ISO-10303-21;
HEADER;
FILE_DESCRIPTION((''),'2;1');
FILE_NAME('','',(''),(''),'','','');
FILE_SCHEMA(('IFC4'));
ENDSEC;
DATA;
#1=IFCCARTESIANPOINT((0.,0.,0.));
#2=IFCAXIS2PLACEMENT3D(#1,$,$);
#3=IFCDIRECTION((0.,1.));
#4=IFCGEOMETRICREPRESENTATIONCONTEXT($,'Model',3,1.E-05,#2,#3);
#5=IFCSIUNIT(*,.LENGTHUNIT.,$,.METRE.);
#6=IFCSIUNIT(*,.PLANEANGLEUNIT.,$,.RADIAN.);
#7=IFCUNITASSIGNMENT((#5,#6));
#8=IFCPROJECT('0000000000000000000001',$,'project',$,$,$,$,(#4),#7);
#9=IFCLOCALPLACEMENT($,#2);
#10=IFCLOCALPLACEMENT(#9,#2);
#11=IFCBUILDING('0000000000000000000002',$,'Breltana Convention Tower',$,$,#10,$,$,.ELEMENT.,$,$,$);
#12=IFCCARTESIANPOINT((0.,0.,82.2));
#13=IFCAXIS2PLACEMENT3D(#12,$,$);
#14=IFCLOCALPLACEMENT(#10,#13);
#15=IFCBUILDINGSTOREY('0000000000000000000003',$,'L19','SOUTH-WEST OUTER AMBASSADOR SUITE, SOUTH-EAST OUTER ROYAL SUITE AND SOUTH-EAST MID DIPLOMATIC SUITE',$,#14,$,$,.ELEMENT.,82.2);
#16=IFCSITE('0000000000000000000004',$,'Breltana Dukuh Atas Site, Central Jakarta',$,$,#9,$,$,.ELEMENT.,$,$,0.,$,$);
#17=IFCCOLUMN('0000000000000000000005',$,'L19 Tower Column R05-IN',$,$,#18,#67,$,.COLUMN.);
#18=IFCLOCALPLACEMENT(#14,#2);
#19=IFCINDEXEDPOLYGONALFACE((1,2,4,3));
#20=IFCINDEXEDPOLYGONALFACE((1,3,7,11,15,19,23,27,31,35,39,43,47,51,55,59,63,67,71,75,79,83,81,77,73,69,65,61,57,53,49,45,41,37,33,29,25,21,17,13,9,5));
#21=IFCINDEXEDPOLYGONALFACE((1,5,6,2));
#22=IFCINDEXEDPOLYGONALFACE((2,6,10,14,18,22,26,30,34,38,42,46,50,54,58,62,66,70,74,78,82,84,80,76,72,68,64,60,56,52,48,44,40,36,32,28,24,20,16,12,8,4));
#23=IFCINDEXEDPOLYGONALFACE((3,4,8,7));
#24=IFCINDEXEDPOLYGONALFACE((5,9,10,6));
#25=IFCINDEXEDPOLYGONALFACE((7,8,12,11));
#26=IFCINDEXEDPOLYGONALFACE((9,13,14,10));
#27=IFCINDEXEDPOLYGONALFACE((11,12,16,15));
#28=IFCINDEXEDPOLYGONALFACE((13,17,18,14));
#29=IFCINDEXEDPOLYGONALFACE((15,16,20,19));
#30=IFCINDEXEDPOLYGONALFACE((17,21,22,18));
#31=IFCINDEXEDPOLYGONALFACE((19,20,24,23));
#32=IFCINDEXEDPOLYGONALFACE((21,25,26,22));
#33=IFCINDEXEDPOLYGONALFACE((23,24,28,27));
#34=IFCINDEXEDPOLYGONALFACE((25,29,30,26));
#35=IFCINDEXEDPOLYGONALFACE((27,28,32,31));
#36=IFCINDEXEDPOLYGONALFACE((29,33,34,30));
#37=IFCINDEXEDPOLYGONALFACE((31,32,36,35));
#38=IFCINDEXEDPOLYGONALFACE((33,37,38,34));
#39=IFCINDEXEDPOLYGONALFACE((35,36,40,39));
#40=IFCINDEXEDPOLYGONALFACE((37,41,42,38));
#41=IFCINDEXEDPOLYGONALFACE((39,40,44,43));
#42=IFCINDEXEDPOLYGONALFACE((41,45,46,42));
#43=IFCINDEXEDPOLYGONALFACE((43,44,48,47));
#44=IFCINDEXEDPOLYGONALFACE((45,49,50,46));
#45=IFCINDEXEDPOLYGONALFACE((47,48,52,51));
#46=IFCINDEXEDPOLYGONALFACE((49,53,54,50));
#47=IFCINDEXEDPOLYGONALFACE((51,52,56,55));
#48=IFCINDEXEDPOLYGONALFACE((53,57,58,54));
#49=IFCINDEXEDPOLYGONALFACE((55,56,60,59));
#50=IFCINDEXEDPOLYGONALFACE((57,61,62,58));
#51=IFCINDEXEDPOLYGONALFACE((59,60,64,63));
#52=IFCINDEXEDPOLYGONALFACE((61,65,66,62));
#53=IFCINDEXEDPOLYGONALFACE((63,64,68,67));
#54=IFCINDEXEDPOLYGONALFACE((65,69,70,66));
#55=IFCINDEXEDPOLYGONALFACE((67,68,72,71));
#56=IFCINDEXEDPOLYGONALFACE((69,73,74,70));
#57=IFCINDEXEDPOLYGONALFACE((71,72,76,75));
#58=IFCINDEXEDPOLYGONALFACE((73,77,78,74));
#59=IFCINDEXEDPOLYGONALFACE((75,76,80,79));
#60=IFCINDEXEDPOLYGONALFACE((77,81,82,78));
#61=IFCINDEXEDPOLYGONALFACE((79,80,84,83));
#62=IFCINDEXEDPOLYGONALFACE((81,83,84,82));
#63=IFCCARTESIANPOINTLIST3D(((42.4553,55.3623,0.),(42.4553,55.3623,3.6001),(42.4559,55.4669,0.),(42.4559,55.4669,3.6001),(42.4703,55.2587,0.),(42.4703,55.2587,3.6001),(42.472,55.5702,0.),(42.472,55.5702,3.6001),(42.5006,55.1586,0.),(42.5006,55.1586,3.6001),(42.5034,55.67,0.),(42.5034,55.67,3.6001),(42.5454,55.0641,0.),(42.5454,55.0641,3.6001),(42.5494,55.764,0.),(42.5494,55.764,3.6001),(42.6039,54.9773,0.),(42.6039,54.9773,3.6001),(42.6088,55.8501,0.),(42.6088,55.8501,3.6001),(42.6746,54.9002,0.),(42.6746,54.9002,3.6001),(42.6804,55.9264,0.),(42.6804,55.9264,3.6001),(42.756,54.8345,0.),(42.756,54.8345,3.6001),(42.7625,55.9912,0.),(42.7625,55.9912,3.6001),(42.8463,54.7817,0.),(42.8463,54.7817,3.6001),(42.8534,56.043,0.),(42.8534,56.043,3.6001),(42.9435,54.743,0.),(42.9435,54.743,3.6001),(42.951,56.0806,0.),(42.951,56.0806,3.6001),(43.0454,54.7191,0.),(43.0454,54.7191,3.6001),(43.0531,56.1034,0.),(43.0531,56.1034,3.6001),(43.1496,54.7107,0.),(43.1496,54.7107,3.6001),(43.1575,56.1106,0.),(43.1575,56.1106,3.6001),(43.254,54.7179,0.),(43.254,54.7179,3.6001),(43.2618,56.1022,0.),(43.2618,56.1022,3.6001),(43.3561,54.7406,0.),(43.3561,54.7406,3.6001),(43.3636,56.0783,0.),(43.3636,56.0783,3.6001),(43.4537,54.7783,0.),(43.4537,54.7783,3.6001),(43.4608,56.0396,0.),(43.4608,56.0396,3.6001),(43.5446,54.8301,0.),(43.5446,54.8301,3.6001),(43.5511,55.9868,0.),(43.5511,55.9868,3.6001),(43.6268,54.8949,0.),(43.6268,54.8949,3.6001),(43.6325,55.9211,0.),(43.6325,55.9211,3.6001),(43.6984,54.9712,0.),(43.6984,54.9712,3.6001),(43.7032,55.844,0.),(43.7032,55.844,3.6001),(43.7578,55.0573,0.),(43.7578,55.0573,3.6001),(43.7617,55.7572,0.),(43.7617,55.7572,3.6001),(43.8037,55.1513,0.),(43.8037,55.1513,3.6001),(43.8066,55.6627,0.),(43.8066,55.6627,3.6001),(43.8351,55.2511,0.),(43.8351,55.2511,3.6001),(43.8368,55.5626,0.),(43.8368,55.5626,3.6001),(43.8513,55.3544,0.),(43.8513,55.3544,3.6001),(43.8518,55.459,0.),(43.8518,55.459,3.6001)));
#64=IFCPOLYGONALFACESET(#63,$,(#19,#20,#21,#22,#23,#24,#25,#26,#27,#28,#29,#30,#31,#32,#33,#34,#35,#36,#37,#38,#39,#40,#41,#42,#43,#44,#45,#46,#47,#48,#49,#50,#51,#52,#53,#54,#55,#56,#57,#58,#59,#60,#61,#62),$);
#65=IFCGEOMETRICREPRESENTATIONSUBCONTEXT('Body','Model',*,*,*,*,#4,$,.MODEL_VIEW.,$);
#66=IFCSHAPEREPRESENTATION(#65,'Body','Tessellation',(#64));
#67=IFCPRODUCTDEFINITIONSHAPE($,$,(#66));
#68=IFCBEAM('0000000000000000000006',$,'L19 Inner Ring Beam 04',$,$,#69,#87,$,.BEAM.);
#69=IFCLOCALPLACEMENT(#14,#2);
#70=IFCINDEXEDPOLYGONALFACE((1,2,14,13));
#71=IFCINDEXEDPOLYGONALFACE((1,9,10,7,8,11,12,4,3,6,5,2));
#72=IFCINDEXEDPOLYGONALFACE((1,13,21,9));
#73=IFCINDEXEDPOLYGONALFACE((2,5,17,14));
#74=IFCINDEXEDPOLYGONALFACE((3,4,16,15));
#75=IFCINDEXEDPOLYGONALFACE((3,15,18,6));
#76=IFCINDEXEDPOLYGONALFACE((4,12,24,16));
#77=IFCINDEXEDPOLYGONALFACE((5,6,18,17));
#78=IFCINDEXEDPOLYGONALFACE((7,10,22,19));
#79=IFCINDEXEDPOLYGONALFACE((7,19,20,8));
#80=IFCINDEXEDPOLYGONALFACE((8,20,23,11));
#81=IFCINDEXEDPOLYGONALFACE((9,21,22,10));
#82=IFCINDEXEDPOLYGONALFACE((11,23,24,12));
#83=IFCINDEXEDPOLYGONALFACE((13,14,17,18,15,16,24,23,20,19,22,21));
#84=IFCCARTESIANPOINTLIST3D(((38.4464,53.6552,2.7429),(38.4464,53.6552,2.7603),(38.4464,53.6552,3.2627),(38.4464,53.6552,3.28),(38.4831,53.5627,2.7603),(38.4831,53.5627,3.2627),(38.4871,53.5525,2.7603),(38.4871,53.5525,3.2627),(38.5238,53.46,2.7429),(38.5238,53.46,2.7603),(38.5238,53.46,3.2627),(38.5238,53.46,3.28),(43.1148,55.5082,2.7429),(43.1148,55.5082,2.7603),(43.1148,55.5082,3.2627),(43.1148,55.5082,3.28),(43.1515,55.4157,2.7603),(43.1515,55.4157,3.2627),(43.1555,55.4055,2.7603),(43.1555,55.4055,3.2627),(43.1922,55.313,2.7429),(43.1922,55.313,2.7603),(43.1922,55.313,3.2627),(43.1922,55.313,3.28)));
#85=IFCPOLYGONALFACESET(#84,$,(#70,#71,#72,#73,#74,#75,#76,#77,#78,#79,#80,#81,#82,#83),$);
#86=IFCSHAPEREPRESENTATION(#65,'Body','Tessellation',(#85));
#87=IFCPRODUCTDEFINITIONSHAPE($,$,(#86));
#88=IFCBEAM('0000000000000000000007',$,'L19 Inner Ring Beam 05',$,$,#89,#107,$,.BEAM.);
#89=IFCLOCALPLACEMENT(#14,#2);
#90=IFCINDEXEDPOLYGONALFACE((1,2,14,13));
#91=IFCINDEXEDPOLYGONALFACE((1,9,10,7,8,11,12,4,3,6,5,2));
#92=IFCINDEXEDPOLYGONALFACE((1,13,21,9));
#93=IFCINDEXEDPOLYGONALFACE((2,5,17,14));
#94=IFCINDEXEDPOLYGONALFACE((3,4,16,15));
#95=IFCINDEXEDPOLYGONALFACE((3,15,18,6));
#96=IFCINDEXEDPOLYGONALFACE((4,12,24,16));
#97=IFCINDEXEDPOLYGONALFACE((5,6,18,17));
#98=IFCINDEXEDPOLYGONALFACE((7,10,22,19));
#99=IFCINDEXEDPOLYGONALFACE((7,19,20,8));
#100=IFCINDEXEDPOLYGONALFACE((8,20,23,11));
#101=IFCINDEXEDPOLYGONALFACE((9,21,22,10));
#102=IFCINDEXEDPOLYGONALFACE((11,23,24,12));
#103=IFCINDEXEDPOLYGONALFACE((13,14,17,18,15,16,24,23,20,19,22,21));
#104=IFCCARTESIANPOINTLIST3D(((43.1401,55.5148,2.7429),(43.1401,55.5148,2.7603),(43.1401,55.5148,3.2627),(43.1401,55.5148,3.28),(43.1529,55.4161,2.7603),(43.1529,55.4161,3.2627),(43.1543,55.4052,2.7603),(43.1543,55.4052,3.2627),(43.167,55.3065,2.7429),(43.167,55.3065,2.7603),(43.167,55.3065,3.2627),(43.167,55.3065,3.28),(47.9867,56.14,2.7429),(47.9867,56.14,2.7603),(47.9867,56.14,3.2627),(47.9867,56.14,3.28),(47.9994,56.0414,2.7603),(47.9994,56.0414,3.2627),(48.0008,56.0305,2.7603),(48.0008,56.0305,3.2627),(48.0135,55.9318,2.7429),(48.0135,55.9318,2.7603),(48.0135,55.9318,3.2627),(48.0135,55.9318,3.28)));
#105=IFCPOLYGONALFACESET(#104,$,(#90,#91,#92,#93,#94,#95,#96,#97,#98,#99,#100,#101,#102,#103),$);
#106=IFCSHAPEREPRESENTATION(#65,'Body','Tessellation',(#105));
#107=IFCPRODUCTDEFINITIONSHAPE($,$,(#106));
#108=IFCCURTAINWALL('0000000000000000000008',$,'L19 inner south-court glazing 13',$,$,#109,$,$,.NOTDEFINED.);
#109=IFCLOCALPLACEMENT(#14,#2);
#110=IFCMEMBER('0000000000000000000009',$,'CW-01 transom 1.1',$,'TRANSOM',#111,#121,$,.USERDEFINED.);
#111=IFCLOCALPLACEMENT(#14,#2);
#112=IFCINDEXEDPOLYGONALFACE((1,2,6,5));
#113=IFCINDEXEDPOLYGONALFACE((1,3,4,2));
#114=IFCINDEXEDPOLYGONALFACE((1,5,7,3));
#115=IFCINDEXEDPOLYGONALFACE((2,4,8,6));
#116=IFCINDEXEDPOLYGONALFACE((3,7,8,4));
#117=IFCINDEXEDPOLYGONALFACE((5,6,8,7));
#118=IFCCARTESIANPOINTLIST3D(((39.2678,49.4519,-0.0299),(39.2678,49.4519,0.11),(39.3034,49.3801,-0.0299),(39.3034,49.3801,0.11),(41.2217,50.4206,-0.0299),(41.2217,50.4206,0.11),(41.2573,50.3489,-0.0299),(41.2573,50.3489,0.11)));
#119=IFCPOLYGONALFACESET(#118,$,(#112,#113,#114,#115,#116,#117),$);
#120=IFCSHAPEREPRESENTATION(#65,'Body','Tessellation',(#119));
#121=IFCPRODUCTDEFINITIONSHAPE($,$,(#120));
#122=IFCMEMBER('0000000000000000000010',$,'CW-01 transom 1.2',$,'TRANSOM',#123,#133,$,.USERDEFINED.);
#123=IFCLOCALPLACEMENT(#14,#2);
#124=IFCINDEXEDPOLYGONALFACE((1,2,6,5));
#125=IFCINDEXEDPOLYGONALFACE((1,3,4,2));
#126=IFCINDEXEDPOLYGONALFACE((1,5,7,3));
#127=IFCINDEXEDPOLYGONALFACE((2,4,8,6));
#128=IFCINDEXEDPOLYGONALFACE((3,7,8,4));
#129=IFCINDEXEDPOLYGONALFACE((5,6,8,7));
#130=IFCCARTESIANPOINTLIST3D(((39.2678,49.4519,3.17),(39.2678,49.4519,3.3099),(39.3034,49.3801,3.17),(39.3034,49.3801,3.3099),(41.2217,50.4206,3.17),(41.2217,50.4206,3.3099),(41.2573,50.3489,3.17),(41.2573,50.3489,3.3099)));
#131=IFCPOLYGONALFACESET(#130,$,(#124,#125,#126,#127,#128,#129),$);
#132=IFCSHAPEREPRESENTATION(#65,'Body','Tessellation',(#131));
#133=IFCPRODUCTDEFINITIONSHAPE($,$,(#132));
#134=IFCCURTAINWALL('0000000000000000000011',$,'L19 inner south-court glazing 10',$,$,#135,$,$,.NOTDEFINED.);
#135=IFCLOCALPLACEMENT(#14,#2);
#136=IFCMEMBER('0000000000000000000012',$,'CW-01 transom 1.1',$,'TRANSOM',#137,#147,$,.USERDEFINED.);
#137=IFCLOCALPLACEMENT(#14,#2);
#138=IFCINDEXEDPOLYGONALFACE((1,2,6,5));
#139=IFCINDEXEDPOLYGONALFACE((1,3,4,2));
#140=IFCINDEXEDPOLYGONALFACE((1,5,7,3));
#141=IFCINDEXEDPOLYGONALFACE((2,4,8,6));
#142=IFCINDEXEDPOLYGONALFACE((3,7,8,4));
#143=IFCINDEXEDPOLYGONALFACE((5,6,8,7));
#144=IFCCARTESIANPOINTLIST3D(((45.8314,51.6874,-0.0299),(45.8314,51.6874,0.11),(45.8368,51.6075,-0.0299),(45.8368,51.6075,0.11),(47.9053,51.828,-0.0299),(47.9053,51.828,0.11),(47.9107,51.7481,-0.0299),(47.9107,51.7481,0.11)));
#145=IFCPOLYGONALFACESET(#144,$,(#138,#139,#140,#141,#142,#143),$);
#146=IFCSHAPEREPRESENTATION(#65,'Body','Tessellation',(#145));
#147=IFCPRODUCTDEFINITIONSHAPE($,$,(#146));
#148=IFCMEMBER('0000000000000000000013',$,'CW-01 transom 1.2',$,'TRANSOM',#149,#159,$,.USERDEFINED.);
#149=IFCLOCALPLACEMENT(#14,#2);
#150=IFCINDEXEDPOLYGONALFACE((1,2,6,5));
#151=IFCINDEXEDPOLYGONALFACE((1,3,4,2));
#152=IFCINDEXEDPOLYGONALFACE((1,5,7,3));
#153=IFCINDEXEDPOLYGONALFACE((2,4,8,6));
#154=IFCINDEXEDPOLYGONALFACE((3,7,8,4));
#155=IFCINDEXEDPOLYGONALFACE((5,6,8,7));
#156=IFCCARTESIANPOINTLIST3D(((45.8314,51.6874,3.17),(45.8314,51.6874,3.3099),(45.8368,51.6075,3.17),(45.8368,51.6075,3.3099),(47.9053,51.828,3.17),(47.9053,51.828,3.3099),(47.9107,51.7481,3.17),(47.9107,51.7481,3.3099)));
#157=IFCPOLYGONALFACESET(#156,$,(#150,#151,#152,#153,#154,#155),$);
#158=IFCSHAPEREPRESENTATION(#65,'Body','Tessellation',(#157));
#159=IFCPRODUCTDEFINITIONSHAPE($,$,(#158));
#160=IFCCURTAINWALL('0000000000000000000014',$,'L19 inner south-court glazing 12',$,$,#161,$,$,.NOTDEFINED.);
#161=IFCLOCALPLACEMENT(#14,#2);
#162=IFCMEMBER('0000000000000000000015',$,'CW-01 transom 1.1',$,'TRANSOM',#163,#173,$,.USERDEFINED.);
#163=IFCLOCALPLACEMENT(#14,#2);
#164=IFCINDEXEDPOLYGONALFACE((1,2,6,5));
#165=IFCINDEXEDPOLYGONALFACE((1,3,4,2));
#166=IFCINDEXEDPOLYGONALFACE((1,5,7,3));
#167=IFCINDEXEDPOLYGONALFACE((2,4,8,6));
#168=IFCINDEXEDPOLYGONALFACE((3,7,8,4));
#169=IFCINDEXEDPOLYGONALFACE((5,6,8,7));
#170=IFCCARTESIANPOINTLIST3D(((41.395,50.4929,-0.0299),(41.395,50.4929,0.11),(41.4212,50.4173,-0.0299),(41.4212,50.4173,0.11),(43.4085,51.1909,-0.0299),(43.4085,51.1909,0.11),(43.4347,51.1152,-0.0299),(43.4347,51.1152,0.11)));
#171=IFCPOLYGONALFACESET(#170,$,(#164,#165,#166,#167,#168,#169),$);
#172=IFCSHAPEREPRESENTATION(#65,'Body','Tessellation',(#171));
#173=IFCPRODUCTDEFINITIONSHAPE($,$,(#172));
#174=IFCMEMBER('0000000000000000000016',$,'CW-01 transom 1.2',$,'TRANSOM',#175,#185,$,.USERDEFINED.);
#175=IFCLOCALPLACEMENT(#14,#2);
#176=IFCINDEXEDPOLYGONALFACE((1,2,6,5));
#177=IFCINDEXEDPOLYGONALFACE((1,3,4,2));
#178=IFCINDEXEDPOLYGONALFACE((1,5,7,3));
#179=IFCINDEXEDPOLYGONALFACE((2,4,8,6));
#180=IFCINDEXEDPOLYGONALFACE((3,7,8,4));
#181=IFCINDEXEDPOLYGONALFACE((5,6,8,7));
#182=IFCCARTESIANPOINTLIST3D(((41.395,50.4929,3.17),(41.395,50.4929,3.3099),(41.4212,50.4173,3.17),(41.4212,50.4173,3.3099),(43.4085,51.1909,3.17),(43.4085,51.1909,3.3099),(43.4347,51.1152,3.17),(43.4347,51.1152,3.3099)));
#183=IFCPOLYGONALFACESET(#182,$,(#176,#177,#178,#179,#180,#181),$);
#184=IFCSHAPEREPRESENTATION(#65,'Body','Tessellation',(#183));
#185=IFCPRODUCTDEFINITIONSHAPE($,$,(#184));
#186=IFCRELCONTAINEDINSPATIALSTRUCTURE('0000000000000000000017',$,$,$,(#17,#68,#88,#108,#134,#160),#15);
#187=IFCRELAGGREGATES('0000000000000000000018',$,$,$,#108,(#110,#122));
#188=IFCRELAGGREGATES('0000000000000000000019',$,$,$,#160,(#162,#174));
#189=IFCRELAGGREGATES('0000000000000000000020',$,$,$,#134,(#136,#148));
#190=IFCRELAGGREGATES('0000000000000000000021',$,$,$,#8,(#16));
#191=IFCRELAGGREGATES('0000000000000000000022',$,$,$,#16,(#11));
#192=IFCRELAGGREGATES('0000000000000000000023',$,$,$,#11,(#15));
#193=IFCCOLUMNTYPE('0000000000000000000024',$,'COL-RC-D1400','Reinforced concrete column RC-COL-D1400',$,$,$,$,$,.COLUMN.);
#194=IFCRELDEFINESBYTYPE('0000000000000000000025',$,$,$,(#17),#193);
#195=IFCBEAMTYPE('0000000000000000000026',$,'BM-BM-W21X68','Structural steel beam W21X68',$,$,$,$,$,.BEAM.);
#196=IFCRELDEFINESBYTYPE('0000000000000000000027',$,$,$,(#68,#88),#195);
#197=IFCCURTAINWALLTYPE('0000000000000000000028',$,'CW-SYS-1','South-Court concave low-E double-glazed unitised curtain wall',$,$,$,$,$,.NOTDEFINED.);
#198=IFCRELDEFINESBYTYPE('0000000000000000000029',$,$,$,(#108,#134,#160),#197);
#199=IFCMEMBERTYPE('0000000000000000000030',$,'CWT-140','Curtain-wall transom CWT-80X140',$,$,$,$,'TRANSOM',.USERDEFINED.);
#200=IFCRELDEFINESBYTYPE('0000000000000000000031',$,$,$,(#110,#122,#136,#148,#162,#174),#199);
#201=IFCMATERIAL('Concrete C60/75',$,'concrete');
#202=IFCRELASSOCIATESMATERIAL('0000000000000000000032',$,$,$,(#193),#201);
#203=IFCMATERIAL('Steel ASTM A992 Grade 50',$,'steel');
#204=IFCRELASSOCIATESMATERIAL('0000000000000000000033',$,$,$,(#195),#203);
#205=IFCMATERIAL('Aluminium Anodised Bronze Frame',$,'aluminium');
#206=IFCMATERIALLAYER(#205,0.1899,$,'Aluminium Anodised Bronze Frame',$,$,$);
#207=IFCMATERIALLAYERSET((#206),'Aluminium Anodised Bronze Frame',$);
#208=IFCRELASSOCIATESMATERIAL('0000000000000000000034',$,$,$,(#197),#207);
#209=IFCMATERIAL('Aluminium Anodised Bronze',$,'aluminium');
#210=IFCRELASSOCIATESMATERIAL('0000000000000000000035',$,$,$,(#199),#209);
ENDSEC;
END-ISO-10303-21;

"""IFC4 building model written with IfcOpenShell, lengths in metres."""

from ifc_helpers import new_model, si_unit, direction, frame, origin, origin_2d, place, context, subcontext, project, spatial, rectangle, circle, i_section, extrude, source, transform, mapped, material, layer, layer_set, material_profile, profile_set, type_object, element, aggregate, save


model = new_model("IFC4")

# Units and contexts
model_context = context("Model", 3, precision=1e-05, world=origin(), true_north=direction((0.0, 1.0)))
body_context = subcontext(model_context, "Body", "Model", "MODEL_VIEW")
ifc_project = project(units=[si_unit("LENGTHUNIT", "METRE"), si_unit("PLANEANGLEUNIT", "RADIAN")], contexts=[model_context])

# Site, building, storey
site_placement = place(None, origin())
site = spatial("IfcSite", under=ifc_project, at=site_placement, Name="Breltana Dukuh Atas Site, Central Jakarta", CompositionType="ELEMENT", RefElevation=0.0)
building_placement = place(site_placement, origin())
building = spatial("IfcBuilding", under=site, at=building_placement, Name="Breltana Convention Tower", CompositionType="ELEMENT")
storey_placement = place(building_placement, frame((0.0, 0.0, 82.2)))
storey = spatial("IfcBuildingStorey", under=building, at=storey_placement, Name="L19", Description="SOUTH-WEST OUTER AMBASSADOR SUITE, SOUTH-EAST OUTER ROYAL SUITE AND SOUTH-EAST MID DIPLOMATIC SUITE", CompositionType="ELEMENT", Elevation=82.2)

# Column
ifc_material_1 = material(Name="Concrete C60/75", Category="concrete")
ifc_material_profile_1 = material_profile(ifc_material_1, circle(Radius=0.7, at=origin_2d()), Name="RC-COL-D1400")
ifc_profile_set_1 = profile_set([ifc_material_profile_1], Name="Concrete C60/75")
column_type = type_object("IfcColumnType", Name="COL-RC-D1400", Description="Reinforced concrete column RC-COL-D1400", PredefinedType="COLUMN", material=ifc_profile_set_1)
shared_shape_1 = source(origin(), body_context, "Body", "SweptSolid", [
    extrude(circle(Radius=0.7, at=origin_2d()), origin(), (0.0, 0.0, 1.0), 3.6001),
])
column_placement = place(storey_placement, frame((43.1536, 55.4106, 0.0), z_axis=(0.0, 0.0, 1.0), x_axis=(-0.143493, 0.989651, 0.0)))
element("IfcColumn", 1, at=column_placement, inside=storey, type_object=column_type, Name="L19 Tower Column R05-IN", PredefinedType="COLUMN", context=body_context, shape_type="MappedRepresentation", body=[
    mapped(shared_shape_1, transform((0.0, 0.0, 0.0), scale=1.0)),
])

# Beams
ifc_material_2 = material(Name="Steel ASTM A992 Grade 50", Category="steel")
ifc_material_profile_2 = material_profile(ifc_material_2, i_section(OverallWidth=0.21, OverallDepth=0.5371, WebThickness=0.011, FlangeThickness=0.0173, at=origin_2d()), Name="W21X68")
ifc_profile_set_2 = profile_set([ifc_material_profile_2], Name="Steel ASTM A992 Grade 50")
beam_type = type_object("IfcBeamType", Name="BM-BM-W21X68", Description="Structural steel beam W21X68", PredefinedType="BEAM", material=ifc_profile_set_2)
shared_shape_2 = source(origin(), body_context, "Body", "SweptSolid", [
    extrude(i_section(OverallWidth=0.21, OverallDepth=0.5371, WebThickness=0.011, FlangeThickness=0.0173, at=origin_2d()), origin(), (0.0, 0.0, 1.0), 5.0227),
])
beam_1_placement = place(storey_placement, frame((38.4851, 53.5576, 3.0115), z_axis=(0.929459, 0.368926, 0.0), x_axis=(-0.368926, 0.929459, 0.0)))
element("IfcBeam", 2, at=beam_1_placement, inside=storey, type_object=beam_type, Name="L19 Inner Ring Beam 04", PredefinedType="BEAM", context=body_context, shape_type="MappedRepresentation", body=[
    mapped(shared_shape_2, transform((0.0, 0.0, 0.0), scale=1.0)),
])
shared_shape_3 = source(origin(), body_context, "Body", "SweptSolid", [
    extrude(i_section(OverallWidth=0.21, OverallDepth=0.5371, WebThickness=0.011, FlangeThickness=0.0173, at=origin_2d()), origin(), (0.0, 0.0, 1.0), 4.8867),
])
beam_2_placement = place(storey_placement, frame((43.1536, 55.4106, 3.0115), z_axis=(0.991781, 0.127951, 0.0), x_axis=(-0.127951, 0.991781, 0.0)))
element("IfcBeam", 3, at=beam_2_placement, inside=storey, type_object=beam_type, Name="L19 Inner Ring Beam 05", PredefinedType="BEAM", context=body_context, shape_type="MappedRepresentation", body=[
    mapped(shared_shape_3, transform((0.0, 0.0, 0.0), scale=1.0)),
])

# Curtain walls, members
ifc_material_3 = material(Name="Aluminium Anodised Bronze Frame", Category="aluminium")
ifc_layer_1 = layer(ifc_material_3, 0.1899, Name="Aluminium Anodised Bronze Frame")
ifc_layer_set_1 = layer_set([ifc_layer_1], Name="Aluminium Anodised Bronze Frame")
curtain_wall_type = type_object("IfcCurtainWallType", Name="CW-SYS-1", Description="South-Court concave low-E double-glazed unitised curtain wall", PredefinedType="NOTDEFINED", material=ifc_layer_set_1)
curtain_wall_1_placement = place(storey_placement, origin())
curtain_wall_1 = element("IfcCurtainWall", 4, at=curtain_wall_1_placement, inside=storey, type_object=curtain_wall_type, Name="L19 inner south-court glazing 13", PredefinedType="NOTDEFINED")
ifc_material_4 = material(Name="Aluminium Anodised Bronze", Category="aluminium")
ifc_material_profile_3 = material_profile(ifc_material_4, rectangle(XDim=0.0801, YDim=0.1399, at=origin_2d()), Name="CWT-80X140")
ifc_profile_set_3 = profile_set([ifc_material_profile_3], Name="Aluminium Anodised Bronze")
member_type_1 = type_object("IfcMemberType", Name="CWT-140", Description="Curtain-wall transom CWT-80X140", ElementType="TRANSOM", PredefinedType="USERDEFINED", material=ifc_profile_set_3)
shared_shape_4 = source(origin(), body_context, "Body", "SweptSolid", [
    extrude(rectangle(XDim=0.0801, YDim=0.1399, at=origin_2d()), origin(), (0.0, 0.0, 1.0), 2.1809),
])
member_1_placement = place(storey_placement, frame((41.2395, 50.3848, 0.04), z_axis=(-0.895922, -0.444211, 0.0), x_axis=(0.444211, -0.895922, 0.0)))
member_1 = element("IfcMember", 5, at=member_1_placement, type_object=member_type_1, Name="CW-01 transom 1.1", ObjectType="TRANSOM", PredefinedType="USERDEFINED", context=body_context, shape_type="MappedRepresentation", body=[
    mapped(shared_shape_4, transform((0.0, 0.0, 0.0), scale=1.0)),
])
member_2_placement = place(storey_placement, frame((41.2395, 50.3848, 3.24), z_axis=(-0.895922, -0.444211, 0.0), x_axis=(0.444211, -0.895922, 0.0)))
member_2 = element("IfcMember", 6, at=member_2_placement, type_object=member_type_1, Name="CW-01 transom 1.2", ObjectType="TRANSOM", PredefinedType="USERDEFINED", context=body_context, shape_type="MappedRepresentation", body=[
    mapped(shared_shape_4, transform((0.0, 0.0, 0.0), scale=1.0)),
])
curtain_wall_2_placement = place(storey_placement, origin())
curtain_wall_2 = element("IfcCurtainWall", 7, at=curtain_wall_2_placement, inside=storey, type_object=curtain_wall_type, Name="L19 inner south-court glazing 10", PredefinedType="NOTDEFINED")
shared_shape_5 = source(origin(), body_context, "Body", "SweptSolid", [
    extrude(rectangle(XDim=0.0801, YDim=0.1399, at=origin_2d()), origin(), (0.0, 0.0, 1.0), 2.0786),
])
member_3_placement = place(storey_placement, frame((47.908, 51.7881, 0.04), z_axis=(-0.997709, -0.067657, 0.0), x_axis=(0.067657, -0.997709, 0.0)))
member_3 = element("IfcMember", 8, at=member_3_placement, type_object=member_type_1, Name="CW-01 transom 1.1", ObjectType="TRANSOM", PredefinedType="USERDEFINED", context=body_context, shape_type="MappedRepresentation", body=[
    mapped(shared_shape_5, transform((0.0, 0.0, 0.0), scale=1.0)),
])
member_4_placement = place(storey_placement, frame((47.908, 51.7881, 3.24), z_axis=(-0.997709, -0.067657, 0.0), x_axis=(0.067657, -0.997709, 0.0)))
member_4 = element("IfcMember", 9, at=member_4_placement, type_object=member_type_1, Name="CW-01 transom 1.2", ObjectType="TRANSOM", PredefinedType="USERDEFINED", context=body_context, shape_type="MappedRepresentation", body=[
    mapped(shared_shape_5, transform((0.0, 0.0, 0.0), scale=1.0)),
])
curtain_wall_3_placement = place(storey_placement, origin())
curtain_wall_3 = element("IfcCurtainWall", 10, at=curtain_wall_3_placement, inside=storey, type_object=curtain_wall_type, Name="L19 inner south-court glazing 12", PredefinedType="NOTDEFINED")
shared_shape_6 = source(origin(), body_context, "Body", "SweptSolid", [
    extrude(rectangle(XDim=0.0801, YDim=0.1399, at=origin_2d()), origin(), (0.0, 0.0, 1.0), 2.1311),
])
member_5_placement = place(storey_placement, frame((43.4216, 51.1531, 0.04), z_axis=(-0.944847, -0.327512, 0.0), x_axis=(0.327512, -0.944847, 0.0)))
member_5 = element("IfcMember", 11, at=member_5_placement, type_object=member_type_1, Name="CW-01 transom 1.1", ObjectType="TRANSOM", PredefinedType="USERDEFINED", context=body_context, shape_type="MappedRepresentation", body=[
    mapped(shared_shape_6, transform((0.0, 0.0, 0.0), scale=1.0)),
])
member_6_placement = place(storey_placement, frame((43.4216, 51.1531, 3.24), z_axis=(-0.944847, -0.327512, 0.0), x_axis=(0.327512, -0.944847, 0.0)))
member_6 = element("IfcMember", 12, at=member_6_placement, type_object=member_type_1, Name="CW-01 transom 1.2", ObjectType="TRANSOM", PredefinedType="USERDEFINED", context=body_context, shape_type="MappedRepresentation", body=[
    mapped(shared_shape_6, transform((0.0, 0.0, 0.0), scale=1.0)),
])

aggregate(curtain_wall_1, [member_1, member_2])

aggregate(curtain_wall_3, [member_5, member_6])
aggregate(curtain_wall_2, [member_3, member_4])

save(model, "model.ifc")
